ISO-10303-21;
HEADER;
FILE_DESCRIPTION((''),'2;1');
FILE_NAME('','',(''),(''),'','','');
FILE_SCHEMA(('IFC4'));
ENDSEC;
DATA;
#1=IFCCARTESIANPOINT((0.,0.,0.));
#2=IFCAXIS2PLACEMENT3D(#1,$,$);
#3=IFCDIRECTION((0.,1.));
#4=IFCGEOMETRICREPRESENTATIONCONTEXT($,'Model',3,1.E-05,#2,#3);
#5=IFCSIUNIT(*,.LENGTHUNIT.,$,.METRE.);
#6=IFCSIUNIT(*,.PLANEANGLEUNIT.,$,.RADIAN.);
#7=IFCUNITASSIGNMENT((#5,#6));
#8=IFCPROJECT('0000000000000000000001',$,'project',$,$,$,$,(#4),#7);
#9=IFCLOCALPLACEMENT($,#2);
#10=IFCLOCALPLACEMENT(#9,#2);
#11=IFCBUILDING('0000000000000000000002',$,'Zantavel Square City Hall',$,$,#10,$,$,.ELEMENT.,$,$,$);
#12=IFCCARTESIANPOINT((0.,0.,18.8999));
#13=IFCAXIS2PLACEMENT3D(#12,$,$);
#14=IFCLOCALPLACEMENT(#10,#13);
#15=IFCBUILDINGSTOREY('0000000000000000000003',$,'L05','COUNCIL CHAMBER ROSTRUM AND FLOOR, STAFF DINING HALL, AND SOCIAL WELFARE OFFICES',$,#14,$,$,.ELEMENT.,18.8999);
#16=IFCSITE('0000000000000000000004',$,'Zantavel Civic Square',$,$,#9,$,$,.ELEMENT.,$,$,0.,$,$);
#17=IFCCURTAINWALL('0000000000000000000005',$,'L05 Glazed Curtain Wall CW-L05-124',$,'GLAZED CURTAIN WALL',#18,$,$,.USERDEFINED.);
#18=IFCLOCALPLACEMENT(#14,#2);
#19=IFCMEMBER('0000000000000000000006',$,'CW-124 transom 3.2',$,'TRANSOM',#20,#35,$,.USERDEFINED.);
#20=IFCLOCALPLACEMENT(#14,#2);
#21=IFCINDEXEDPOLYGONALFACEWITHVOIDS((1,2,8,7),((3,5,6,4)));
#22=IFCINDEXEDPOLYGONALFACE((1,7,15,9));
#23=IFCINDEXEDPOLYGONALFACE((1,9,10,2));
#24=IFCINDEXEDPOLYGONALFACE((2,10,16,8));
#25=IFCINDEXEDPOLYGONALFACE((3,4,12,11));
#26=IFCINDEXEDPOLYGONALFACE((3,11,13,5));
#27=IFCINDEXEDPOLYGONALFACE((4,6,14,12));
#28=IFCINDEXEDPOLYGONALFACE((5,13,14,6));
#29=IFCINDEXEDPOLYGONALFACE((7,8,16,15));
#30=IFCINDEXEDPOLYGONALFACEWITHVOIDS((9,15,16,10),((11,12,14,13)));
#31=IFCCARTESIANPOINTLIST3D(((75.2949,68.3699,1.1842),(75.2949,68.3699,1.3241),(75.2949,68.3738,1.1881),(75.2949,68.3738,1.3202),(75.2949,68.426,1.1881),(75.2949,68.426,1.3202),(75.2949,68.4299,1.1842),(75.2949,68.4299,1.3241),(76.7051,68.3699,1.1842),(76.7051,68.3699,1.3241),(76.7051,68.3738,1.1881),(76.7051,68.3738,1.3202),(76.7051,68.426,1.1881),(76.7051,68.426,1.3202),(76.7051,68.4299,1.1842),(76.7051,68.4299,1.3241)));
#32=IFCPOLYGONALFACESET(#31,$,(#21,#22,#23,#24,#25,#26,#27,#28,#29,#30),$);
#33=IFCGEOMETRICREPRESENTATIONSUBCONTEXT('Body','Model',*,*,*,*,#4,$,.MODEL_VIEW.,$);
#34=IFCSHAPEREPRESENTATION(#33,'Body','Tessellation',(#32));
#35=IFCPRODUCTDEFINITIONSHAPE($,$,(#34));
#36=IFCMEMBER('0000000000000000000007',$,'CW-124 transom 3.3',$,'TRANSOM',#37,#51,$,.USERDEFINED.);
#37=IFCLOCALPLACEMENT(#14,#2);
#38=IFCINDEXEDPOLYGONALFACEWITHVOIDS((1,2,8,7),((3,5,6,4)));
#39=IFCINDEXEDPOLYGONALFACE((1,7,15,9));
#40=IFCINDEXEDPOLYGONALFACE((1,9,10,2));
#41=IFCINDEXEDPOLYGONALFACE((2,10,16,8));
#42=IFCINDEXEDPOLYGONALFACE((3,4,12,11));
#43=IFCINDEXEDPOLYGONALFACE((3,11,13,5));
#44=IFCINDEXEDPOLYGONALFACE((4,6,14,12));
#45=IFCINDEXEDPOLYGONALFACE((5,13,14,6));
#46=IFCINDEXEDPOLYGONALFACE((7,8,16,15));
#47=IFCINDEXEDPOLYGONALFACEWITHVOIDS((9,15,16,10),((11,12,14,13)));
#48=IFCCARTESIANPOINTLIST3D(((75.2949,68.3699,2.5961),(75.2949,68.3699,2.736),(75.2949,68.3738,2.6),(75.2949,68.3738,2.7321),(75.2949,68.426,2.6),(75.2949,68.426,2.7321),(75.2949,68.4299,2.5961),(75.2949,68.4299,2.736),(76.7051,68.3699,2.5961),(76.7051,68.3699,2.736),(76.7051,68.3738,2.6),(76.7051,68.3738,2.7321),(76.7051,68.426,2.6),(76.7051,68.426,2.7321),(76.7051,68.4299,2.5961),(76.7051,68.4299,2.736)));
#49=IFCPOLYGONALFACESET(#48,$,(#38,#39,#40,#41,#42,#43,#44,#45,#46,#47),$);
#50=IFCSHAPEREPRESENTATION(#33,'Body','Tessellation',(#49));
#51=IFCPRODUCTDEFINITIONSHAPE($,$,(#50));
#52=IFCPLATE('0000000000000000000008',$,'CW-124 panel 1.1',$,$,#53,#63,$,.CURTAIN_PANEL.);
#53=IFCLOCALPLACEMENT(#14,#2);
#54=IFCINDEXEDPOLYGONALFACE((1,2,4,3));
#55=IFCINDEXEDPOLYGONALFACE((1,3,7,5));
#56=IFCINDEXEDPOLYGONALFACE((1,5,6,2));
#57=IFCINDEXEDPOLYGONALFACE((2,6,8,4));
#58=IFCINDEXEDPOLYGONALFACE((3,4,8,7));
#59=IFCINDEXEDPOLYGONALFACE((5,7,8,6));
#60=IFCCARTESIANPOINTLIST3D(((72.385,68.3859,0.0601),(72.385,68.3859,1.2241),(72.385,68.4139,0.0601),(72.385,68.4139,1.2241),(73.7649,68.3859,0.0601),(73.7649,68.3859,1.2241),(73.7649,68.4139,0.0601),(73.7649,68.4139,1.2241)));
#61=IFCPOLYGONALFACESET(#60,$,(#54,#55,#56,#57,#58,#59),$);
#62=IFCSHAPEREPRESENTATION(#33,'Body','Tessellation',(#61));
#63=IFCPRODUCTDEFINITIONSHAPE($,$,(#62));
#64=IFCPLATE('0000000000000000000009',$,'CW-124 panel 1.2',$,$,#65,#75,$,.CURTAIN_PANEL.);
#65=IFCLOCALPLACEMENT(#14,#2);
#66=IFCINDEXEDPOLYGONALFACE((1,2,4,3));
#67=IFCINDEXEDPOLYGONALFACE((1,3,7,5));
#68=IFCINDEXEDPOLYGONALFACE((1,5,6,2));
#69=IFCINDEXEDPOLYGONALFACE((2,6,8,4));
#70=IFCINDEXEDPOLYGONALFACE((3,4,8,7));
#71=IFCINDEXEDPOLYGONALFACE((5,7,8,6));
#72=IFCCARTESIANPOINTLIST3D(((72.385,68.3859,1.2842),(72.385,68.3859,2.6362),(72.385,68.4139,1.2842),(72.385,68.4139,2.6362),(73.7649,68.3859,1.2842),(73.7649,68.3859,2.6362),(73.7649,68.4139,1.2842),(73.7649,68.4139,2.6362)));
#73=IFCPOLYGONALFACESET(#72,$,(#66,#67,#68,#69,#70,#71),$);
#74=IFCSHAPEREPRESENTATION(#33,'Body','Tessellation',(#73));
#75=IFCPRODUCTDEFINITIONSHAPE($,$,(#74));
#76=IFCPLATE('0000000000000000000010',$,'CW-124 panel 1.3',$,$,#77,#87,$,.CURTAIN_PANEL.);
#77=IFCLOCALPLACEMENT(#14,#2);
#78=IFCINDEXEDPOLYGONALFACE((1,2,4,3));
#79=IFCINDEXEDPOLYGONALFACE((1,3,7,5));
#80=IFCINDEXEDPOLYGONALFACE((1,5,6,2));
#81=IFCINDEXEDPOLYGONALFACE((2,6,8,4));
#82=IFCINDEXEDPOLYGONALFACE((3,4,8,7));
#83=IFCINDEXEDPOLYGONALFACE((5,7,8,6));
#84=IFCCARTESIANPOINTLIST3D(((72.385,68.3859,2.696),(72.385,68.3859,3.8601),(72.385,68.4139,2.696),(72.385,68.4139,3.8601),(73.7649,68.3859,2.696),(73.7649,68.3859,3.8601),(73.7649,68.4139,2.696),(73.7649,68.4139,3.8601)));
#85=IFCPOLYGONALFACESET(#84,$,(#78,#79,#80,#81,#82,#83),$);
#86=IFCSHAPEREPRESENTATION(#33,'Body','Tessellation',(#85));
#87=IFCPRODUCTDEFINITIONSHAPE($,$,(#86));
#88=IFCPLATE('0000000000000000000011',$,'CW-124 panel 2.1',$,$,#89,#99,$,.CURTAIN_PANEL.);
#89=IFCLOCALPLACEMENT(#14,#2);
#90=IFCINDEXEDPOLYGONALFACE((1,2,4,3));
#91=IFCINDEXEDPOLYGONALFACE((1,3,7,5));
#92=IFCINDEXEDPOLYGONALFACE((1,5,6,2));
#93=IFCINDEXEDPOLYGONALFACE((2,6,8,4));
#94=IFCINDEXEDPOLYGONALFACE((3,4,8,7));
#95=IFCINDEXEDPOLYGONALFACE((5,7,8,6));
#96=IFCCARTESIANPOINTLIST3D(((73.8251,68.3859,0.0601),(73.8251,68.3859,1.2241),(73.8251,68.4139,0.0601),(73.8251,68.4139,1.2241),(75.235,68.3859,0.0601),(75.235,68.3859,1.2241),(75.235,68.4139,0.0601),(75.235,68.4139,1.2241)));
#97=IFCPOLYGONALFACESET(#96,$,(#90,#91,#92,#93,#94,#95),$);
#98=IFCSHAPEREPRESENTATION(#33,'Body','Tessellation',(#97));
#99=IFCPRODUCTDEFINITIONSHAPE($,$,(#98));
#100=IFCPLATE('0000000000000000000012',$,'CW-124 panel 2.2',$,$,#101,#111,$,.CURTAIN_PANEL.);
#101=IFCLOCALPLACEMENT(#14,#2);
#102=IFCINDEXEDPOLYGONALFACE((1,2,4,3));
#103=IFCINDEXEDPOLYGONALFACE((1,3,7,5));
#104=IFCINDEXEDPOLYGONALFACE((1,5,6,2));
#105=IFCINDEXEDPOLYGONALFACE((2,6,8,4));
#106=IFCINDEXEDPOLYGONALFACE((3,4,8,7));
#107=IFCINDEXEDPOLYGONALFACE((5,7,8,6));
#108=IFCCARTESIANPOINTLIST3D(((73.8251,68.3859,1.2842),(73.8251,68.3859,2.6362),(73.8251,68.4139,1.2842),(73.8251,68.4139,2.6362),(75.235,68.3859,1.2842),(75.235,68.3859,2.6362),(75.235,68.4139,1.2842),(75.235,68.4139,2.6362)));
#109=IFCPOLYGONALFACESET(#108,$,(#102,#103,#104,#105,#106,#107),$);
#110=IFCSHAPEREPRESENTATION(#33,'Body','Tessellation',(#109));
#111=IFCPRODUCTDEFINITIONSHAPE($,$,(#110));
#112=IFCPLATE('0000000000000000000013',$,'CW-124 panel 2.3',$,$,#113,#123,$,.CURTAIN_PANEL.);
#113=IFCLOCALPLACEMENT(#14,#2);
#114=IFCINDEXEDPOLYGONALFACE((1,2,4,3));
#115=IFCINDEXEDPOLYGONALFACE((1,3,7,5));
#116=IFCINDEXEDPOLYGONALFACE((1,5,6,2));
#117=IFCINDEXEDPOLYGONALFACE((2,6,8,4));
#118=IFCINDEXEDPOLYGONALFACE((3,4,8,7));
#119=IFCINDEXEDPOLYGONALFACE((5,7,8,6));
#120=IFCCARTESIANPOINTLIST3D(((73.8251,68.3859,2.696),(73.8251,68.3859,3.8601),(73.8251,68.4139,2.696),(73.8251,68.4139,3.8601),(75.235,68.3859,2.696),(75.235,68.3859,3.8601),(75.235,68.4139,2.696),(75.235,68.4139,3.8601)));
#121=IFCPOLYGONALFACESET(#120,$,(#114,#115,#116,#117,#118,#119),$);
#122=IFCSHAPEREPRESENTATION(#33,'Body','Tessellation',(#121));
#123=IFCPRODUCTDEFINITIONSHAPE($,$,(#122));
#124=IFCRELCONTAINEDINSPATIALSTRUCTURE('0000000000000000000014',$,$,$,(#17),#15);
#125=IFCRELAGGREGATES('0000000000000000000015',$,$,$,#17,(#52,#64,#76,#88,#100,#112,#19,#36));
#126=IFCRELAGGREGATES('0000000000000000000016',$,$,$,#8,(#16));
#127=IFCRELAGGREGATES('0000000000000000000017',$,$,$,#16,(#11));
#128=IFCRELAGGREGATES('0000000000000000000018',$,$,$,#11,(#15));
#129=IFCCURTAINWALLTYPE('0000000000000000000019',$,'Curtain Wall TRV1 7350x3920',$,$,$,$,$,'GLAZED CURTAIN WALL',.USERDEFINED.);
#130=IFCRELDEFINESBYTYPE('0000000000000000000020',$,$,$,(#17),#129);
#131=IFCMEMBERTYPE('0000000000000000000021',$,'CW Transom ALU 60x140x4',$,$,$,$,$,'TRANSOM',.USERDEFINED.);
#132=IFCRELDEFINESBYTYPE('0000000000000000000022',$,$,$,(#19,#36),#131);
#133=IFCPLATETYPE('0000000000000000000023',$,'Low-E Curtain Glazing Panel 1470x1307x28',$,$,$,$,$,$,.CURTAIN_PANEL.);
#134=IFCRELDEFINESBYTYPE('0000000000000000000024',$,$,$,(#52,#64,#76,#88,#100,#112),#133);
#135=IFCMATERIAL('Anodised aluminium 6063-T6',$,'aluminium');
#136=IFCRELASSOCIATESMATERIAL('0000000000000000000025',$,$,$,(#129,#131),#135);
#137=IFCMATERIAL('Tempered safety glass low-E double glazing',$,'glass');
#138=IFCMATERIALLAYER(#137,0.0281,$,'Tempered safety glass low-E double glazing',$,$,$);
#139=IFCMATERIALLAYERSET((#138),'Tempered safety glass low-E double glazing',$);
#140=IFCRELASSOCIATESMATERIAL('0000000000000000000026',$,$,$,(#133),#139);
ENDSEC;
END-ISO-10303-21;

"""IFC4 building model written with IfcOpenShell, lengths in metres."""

from ifc_helpers import new_model, si_unit, direction, frame, origin, origin_2d, place, context, subcontext, project, spatial, rectangle, hollow_rectangle, extrude, material, layer, layer_set, material_profile, profile_set, type_object, element, aggregate, save


model = new_model("IFC4")

# Units and contexts
model_context = context("Model", 3, precision=1e-05, world=origin(), true_north=direction((0.0, 1.0)))
body_context = subcontext(model_context, "Body", "Model", "MODEL_VIEW")
ifc_project = project(units=[si_unit("LENGTHUNIT", "METRE"), si_unit("PLANEANGLEUNIT", "RADIAN")], contexts=[model_context])

# Site, building, storey
site_placement = place(None, origin())
site = spatial("IfcSite", under=ifc_project, at=site_placement, Name="Zantavel Civic Square", CompositionType="ELEMENT", RefElevation=0.0)
building_placement = place(site_placement, origin())
building = spatial("IfcBuilding", under=site, at=building_placement, Name="Zantavel Square City Hall", CompositionType="ELEMENT")
storey_placement = place(building_placement, frame((0.0, 0.0, 18.8999)))
storey = spatial("IfcBuildingStorey", under=building, at=storey_placement, Name="L05", Description="COUNCIL CHAMBER ROSTRUM AND FLOOR, STAFF DINING HALL, AND SOCIAL WELFARE OFFICES", CompositionType="ELEMENT", Elevation=18.8999)

# Curtain wall, members, plates
ifc_material_1 = material(Name="Anodised aluminium 6063-T6", Category="aluminium")
curtain_wall_type = type_object("IfcCurtainWallType", Name="Curtain Wall TRV1 7350x3920", ElementType="GLAZED CURTAIN WALL", PredefinedType="USERDEFINED", material=ifc_material_1)
curtain_wall_placement = place(storey_placement, origin())
curtain_wall = element("IfcCurtainWall", 1, at=curtain_wall_placement, inside=storey, type_object=curtain_wall_type, Name="L05 Glazed Curtain Wall CW-L05-124", ObjectType="GLAZED CURTAIN WALL", PredefinedType="USERDEFINED")
ifc_material_profile_1 = material_profile(ifc_material_1, hollow_rectangle(XDim=0.0601, YDim=0.1399, WallThickness=0.0039, at=origin_2d()), Name="ALU 60x140x4")
ifc_profile_set_1 = profile_set([ifc_material_profile_1], Name="Anodised aluminium 6063-T6")
member_type_1 = type_object("IfcMemberType", Name="CW Transom ALU 60x140x4", ElementType="TRANSOM", PredefinedType="USERDEFINED", material=ifc_profile_set_1)
member_1_placement = place(storey_placement, frame((75.2949, 68.3999, 1.2542), z_axis=(1.0, 0.0, 0.0), x_axis=(0.0, 1.0, 0.0)))
member_1 = element("IfcMember", 2, at=member_1_placement, type_object=member_type_1, Name="CW-124 transom 3.2", ObjectType="TRANSOM", PredefinedType="USERDEFINED", context=body_context, shape_type="SweptSolid", body=[
    extrude(hollow_rectangle(XDim=0.0601, YDim=0.1399, WallThickness=0.0039, at=origin_2d()), origin(), (0.0, 0.0, 1.0), 1.4102),
])
member_2_placement = place(storey_placement, frame((75.2949, 68.3999, 2.666), z_axis=(1.0, 0.0, 0.0), x_axis=(0.0, 1.0, 0.0)))
member_2 = element("IfcMember", 3, at=member_2_placement, type_object=member_type_1, Name="CW-124 transom 3.3", ObjectType="TRANSOM", PredefinedType="USERDEFINED", context=body_context, shape_type="SweptSolid", body=[
    extrude(hollow_rectangle(XDim=0.0601, YDim=0.1399, WallThickness=0.0039, at=origin_2d()), origin(), (0.0, 0.0, 1.0), 1.4102),
])
ifc_material_2 = material(Name="Tempered safety glass low-E double glazing", Category="glass")
ifc_layer = layer(ifc_material_2, 0.0281, Name="Tempered safety glass low-E double glazing")
ifc_layer_set = layer_set([ifc_layer], Name="Tempered safety glass low-E double glazing")
plate_type = type_object("IfcPlateType", Name="Low-E Curtain Glazing Panel 1470x1307x28", PredefinedType="CURTAIN_PANEL", material=ifc_layer_set)
plate_1_placement = place(storey_placement, frame((73.075, 68.3999, 0.0601), z_axis=(0.0, 0.0, 1.0), x_axis=(1.0, 0.0, 0.0)))
plate_1 = element("IfcPlate", 4, at=plate_1_placement, type_object=plate_type, Name="CW-124 panel 1.1", PredefinedType="CURTAIN_PANEL", context=body_context, shape_type="SweptSolid", body=[
    extrude(rectangle(XDim=1.3799, YDim=0.0281, at=origin_2d()), origin(), (0.0, 0.0, 1.0), 1.1641),
])
plate_2_placement = place(storey_placement, frame((73.075, 68.3999, 1.2842), z_axis=(0.0, 0.0, 1.0), x_axis=(1.0, 0.0, 0.0)))
plate_2 = element("IfcPlate", 5, at=plate_2_placement, type_object=plate_type, Name="CW-124 panel 1.2", PredefinedType="CURTAIN_PANEL", context=body_context, shape_type="SweptSolid", body=[
    extrude(rectangle(XDim=1.3799, YDim=0.0281, at=origin_2d()), origin(), (0.0, 0.0, 1.0), 1.3521),
])
plate_3_placement = place(storey_placement, frame((73.075, 68.3999, 2.696), z_axis=(0.0, 0.0, 1.0), x_axis=(1.0, 0.0, 0.0)))
plate_3 = element("IfcPlate", 6, at=plate_3_placement, type_object=plate_type, Name="CW-124 panel 1.3", PredefinedType="CURTAIN_PANEL", context=body_context, shape_type="SweptSolid", body=[
    extrude(rectangle(XDim=1.3799, YDim=0.0281, at=origin_2d()), origin(), (0.0, 0.0, 1.0), 1.1641),
])
plate_4_placement = place(storey_placement, frame((74.53, 68.3999, 0.0601), z_axis=(0.0, 0.0, 1.0), x_axis=(1.0, 0.0, 0.0)))
plate_4 = element("IfcPlate", 7, at=plate_4_placement, type_object=plate_type, Name="CW-124 panel 2.1", PredefinedType="CURTAIN_PANEL", context=body_context, shape_type="SweptSolid", body=[
    extrude(rectangle(XDim=1.4099, YDim=0.0281, at=origin_2d()), origin(), (0.0, 0.0, 1.0), 1.1641),
])
plate_5_placement = place(storey_placement, frame((74.53, 68.3999, 1.2842), z_axis=(0.0, 0.0, 1.0), x_axis=(1.0, 0.0, 0.0)))
plate_5 = element("IfcPlate", 8, at=plate_5_placement, type_object=plate_type, Name="CW-124 panel 2.2", PredefinedType="CURTAIN_PANEL", context=body_context, shape_type="SweptSolid", body=[
    extrude(rectangle(XDim=1.4099, YDim=0.0281, at=origin_2d()), origin(), (0.0, 0.0, 1.0), 1.3521),
])
plate_6_placement = place(storey_placement, frame((74.53, 68.3999, 2.696), z_axis=(0.0, 0.0, 1.0), x_axis=(1.0, 0.0, 0.0)))
plate_6 = element("IfcPlate", 9, at=plate_6_placement, type_object=plate_type, Name="CW-124 panel 2.3", PredefinedType="CURTAIN_PANEL", context=body_context, shape_type="SweptSolid", body=[
    extrude(rectangle(XDim=1.4099, YDim=0.0281, at=origin_2d()), origin(), (0.0, 0.0, 1.0), 1.1641),
])
aggregate(curtain_wall, [plate_1, plate_2, plate_3, plate_4, plate_5, plate_6, member_1, member_2])

save(model, "model.ifc")
